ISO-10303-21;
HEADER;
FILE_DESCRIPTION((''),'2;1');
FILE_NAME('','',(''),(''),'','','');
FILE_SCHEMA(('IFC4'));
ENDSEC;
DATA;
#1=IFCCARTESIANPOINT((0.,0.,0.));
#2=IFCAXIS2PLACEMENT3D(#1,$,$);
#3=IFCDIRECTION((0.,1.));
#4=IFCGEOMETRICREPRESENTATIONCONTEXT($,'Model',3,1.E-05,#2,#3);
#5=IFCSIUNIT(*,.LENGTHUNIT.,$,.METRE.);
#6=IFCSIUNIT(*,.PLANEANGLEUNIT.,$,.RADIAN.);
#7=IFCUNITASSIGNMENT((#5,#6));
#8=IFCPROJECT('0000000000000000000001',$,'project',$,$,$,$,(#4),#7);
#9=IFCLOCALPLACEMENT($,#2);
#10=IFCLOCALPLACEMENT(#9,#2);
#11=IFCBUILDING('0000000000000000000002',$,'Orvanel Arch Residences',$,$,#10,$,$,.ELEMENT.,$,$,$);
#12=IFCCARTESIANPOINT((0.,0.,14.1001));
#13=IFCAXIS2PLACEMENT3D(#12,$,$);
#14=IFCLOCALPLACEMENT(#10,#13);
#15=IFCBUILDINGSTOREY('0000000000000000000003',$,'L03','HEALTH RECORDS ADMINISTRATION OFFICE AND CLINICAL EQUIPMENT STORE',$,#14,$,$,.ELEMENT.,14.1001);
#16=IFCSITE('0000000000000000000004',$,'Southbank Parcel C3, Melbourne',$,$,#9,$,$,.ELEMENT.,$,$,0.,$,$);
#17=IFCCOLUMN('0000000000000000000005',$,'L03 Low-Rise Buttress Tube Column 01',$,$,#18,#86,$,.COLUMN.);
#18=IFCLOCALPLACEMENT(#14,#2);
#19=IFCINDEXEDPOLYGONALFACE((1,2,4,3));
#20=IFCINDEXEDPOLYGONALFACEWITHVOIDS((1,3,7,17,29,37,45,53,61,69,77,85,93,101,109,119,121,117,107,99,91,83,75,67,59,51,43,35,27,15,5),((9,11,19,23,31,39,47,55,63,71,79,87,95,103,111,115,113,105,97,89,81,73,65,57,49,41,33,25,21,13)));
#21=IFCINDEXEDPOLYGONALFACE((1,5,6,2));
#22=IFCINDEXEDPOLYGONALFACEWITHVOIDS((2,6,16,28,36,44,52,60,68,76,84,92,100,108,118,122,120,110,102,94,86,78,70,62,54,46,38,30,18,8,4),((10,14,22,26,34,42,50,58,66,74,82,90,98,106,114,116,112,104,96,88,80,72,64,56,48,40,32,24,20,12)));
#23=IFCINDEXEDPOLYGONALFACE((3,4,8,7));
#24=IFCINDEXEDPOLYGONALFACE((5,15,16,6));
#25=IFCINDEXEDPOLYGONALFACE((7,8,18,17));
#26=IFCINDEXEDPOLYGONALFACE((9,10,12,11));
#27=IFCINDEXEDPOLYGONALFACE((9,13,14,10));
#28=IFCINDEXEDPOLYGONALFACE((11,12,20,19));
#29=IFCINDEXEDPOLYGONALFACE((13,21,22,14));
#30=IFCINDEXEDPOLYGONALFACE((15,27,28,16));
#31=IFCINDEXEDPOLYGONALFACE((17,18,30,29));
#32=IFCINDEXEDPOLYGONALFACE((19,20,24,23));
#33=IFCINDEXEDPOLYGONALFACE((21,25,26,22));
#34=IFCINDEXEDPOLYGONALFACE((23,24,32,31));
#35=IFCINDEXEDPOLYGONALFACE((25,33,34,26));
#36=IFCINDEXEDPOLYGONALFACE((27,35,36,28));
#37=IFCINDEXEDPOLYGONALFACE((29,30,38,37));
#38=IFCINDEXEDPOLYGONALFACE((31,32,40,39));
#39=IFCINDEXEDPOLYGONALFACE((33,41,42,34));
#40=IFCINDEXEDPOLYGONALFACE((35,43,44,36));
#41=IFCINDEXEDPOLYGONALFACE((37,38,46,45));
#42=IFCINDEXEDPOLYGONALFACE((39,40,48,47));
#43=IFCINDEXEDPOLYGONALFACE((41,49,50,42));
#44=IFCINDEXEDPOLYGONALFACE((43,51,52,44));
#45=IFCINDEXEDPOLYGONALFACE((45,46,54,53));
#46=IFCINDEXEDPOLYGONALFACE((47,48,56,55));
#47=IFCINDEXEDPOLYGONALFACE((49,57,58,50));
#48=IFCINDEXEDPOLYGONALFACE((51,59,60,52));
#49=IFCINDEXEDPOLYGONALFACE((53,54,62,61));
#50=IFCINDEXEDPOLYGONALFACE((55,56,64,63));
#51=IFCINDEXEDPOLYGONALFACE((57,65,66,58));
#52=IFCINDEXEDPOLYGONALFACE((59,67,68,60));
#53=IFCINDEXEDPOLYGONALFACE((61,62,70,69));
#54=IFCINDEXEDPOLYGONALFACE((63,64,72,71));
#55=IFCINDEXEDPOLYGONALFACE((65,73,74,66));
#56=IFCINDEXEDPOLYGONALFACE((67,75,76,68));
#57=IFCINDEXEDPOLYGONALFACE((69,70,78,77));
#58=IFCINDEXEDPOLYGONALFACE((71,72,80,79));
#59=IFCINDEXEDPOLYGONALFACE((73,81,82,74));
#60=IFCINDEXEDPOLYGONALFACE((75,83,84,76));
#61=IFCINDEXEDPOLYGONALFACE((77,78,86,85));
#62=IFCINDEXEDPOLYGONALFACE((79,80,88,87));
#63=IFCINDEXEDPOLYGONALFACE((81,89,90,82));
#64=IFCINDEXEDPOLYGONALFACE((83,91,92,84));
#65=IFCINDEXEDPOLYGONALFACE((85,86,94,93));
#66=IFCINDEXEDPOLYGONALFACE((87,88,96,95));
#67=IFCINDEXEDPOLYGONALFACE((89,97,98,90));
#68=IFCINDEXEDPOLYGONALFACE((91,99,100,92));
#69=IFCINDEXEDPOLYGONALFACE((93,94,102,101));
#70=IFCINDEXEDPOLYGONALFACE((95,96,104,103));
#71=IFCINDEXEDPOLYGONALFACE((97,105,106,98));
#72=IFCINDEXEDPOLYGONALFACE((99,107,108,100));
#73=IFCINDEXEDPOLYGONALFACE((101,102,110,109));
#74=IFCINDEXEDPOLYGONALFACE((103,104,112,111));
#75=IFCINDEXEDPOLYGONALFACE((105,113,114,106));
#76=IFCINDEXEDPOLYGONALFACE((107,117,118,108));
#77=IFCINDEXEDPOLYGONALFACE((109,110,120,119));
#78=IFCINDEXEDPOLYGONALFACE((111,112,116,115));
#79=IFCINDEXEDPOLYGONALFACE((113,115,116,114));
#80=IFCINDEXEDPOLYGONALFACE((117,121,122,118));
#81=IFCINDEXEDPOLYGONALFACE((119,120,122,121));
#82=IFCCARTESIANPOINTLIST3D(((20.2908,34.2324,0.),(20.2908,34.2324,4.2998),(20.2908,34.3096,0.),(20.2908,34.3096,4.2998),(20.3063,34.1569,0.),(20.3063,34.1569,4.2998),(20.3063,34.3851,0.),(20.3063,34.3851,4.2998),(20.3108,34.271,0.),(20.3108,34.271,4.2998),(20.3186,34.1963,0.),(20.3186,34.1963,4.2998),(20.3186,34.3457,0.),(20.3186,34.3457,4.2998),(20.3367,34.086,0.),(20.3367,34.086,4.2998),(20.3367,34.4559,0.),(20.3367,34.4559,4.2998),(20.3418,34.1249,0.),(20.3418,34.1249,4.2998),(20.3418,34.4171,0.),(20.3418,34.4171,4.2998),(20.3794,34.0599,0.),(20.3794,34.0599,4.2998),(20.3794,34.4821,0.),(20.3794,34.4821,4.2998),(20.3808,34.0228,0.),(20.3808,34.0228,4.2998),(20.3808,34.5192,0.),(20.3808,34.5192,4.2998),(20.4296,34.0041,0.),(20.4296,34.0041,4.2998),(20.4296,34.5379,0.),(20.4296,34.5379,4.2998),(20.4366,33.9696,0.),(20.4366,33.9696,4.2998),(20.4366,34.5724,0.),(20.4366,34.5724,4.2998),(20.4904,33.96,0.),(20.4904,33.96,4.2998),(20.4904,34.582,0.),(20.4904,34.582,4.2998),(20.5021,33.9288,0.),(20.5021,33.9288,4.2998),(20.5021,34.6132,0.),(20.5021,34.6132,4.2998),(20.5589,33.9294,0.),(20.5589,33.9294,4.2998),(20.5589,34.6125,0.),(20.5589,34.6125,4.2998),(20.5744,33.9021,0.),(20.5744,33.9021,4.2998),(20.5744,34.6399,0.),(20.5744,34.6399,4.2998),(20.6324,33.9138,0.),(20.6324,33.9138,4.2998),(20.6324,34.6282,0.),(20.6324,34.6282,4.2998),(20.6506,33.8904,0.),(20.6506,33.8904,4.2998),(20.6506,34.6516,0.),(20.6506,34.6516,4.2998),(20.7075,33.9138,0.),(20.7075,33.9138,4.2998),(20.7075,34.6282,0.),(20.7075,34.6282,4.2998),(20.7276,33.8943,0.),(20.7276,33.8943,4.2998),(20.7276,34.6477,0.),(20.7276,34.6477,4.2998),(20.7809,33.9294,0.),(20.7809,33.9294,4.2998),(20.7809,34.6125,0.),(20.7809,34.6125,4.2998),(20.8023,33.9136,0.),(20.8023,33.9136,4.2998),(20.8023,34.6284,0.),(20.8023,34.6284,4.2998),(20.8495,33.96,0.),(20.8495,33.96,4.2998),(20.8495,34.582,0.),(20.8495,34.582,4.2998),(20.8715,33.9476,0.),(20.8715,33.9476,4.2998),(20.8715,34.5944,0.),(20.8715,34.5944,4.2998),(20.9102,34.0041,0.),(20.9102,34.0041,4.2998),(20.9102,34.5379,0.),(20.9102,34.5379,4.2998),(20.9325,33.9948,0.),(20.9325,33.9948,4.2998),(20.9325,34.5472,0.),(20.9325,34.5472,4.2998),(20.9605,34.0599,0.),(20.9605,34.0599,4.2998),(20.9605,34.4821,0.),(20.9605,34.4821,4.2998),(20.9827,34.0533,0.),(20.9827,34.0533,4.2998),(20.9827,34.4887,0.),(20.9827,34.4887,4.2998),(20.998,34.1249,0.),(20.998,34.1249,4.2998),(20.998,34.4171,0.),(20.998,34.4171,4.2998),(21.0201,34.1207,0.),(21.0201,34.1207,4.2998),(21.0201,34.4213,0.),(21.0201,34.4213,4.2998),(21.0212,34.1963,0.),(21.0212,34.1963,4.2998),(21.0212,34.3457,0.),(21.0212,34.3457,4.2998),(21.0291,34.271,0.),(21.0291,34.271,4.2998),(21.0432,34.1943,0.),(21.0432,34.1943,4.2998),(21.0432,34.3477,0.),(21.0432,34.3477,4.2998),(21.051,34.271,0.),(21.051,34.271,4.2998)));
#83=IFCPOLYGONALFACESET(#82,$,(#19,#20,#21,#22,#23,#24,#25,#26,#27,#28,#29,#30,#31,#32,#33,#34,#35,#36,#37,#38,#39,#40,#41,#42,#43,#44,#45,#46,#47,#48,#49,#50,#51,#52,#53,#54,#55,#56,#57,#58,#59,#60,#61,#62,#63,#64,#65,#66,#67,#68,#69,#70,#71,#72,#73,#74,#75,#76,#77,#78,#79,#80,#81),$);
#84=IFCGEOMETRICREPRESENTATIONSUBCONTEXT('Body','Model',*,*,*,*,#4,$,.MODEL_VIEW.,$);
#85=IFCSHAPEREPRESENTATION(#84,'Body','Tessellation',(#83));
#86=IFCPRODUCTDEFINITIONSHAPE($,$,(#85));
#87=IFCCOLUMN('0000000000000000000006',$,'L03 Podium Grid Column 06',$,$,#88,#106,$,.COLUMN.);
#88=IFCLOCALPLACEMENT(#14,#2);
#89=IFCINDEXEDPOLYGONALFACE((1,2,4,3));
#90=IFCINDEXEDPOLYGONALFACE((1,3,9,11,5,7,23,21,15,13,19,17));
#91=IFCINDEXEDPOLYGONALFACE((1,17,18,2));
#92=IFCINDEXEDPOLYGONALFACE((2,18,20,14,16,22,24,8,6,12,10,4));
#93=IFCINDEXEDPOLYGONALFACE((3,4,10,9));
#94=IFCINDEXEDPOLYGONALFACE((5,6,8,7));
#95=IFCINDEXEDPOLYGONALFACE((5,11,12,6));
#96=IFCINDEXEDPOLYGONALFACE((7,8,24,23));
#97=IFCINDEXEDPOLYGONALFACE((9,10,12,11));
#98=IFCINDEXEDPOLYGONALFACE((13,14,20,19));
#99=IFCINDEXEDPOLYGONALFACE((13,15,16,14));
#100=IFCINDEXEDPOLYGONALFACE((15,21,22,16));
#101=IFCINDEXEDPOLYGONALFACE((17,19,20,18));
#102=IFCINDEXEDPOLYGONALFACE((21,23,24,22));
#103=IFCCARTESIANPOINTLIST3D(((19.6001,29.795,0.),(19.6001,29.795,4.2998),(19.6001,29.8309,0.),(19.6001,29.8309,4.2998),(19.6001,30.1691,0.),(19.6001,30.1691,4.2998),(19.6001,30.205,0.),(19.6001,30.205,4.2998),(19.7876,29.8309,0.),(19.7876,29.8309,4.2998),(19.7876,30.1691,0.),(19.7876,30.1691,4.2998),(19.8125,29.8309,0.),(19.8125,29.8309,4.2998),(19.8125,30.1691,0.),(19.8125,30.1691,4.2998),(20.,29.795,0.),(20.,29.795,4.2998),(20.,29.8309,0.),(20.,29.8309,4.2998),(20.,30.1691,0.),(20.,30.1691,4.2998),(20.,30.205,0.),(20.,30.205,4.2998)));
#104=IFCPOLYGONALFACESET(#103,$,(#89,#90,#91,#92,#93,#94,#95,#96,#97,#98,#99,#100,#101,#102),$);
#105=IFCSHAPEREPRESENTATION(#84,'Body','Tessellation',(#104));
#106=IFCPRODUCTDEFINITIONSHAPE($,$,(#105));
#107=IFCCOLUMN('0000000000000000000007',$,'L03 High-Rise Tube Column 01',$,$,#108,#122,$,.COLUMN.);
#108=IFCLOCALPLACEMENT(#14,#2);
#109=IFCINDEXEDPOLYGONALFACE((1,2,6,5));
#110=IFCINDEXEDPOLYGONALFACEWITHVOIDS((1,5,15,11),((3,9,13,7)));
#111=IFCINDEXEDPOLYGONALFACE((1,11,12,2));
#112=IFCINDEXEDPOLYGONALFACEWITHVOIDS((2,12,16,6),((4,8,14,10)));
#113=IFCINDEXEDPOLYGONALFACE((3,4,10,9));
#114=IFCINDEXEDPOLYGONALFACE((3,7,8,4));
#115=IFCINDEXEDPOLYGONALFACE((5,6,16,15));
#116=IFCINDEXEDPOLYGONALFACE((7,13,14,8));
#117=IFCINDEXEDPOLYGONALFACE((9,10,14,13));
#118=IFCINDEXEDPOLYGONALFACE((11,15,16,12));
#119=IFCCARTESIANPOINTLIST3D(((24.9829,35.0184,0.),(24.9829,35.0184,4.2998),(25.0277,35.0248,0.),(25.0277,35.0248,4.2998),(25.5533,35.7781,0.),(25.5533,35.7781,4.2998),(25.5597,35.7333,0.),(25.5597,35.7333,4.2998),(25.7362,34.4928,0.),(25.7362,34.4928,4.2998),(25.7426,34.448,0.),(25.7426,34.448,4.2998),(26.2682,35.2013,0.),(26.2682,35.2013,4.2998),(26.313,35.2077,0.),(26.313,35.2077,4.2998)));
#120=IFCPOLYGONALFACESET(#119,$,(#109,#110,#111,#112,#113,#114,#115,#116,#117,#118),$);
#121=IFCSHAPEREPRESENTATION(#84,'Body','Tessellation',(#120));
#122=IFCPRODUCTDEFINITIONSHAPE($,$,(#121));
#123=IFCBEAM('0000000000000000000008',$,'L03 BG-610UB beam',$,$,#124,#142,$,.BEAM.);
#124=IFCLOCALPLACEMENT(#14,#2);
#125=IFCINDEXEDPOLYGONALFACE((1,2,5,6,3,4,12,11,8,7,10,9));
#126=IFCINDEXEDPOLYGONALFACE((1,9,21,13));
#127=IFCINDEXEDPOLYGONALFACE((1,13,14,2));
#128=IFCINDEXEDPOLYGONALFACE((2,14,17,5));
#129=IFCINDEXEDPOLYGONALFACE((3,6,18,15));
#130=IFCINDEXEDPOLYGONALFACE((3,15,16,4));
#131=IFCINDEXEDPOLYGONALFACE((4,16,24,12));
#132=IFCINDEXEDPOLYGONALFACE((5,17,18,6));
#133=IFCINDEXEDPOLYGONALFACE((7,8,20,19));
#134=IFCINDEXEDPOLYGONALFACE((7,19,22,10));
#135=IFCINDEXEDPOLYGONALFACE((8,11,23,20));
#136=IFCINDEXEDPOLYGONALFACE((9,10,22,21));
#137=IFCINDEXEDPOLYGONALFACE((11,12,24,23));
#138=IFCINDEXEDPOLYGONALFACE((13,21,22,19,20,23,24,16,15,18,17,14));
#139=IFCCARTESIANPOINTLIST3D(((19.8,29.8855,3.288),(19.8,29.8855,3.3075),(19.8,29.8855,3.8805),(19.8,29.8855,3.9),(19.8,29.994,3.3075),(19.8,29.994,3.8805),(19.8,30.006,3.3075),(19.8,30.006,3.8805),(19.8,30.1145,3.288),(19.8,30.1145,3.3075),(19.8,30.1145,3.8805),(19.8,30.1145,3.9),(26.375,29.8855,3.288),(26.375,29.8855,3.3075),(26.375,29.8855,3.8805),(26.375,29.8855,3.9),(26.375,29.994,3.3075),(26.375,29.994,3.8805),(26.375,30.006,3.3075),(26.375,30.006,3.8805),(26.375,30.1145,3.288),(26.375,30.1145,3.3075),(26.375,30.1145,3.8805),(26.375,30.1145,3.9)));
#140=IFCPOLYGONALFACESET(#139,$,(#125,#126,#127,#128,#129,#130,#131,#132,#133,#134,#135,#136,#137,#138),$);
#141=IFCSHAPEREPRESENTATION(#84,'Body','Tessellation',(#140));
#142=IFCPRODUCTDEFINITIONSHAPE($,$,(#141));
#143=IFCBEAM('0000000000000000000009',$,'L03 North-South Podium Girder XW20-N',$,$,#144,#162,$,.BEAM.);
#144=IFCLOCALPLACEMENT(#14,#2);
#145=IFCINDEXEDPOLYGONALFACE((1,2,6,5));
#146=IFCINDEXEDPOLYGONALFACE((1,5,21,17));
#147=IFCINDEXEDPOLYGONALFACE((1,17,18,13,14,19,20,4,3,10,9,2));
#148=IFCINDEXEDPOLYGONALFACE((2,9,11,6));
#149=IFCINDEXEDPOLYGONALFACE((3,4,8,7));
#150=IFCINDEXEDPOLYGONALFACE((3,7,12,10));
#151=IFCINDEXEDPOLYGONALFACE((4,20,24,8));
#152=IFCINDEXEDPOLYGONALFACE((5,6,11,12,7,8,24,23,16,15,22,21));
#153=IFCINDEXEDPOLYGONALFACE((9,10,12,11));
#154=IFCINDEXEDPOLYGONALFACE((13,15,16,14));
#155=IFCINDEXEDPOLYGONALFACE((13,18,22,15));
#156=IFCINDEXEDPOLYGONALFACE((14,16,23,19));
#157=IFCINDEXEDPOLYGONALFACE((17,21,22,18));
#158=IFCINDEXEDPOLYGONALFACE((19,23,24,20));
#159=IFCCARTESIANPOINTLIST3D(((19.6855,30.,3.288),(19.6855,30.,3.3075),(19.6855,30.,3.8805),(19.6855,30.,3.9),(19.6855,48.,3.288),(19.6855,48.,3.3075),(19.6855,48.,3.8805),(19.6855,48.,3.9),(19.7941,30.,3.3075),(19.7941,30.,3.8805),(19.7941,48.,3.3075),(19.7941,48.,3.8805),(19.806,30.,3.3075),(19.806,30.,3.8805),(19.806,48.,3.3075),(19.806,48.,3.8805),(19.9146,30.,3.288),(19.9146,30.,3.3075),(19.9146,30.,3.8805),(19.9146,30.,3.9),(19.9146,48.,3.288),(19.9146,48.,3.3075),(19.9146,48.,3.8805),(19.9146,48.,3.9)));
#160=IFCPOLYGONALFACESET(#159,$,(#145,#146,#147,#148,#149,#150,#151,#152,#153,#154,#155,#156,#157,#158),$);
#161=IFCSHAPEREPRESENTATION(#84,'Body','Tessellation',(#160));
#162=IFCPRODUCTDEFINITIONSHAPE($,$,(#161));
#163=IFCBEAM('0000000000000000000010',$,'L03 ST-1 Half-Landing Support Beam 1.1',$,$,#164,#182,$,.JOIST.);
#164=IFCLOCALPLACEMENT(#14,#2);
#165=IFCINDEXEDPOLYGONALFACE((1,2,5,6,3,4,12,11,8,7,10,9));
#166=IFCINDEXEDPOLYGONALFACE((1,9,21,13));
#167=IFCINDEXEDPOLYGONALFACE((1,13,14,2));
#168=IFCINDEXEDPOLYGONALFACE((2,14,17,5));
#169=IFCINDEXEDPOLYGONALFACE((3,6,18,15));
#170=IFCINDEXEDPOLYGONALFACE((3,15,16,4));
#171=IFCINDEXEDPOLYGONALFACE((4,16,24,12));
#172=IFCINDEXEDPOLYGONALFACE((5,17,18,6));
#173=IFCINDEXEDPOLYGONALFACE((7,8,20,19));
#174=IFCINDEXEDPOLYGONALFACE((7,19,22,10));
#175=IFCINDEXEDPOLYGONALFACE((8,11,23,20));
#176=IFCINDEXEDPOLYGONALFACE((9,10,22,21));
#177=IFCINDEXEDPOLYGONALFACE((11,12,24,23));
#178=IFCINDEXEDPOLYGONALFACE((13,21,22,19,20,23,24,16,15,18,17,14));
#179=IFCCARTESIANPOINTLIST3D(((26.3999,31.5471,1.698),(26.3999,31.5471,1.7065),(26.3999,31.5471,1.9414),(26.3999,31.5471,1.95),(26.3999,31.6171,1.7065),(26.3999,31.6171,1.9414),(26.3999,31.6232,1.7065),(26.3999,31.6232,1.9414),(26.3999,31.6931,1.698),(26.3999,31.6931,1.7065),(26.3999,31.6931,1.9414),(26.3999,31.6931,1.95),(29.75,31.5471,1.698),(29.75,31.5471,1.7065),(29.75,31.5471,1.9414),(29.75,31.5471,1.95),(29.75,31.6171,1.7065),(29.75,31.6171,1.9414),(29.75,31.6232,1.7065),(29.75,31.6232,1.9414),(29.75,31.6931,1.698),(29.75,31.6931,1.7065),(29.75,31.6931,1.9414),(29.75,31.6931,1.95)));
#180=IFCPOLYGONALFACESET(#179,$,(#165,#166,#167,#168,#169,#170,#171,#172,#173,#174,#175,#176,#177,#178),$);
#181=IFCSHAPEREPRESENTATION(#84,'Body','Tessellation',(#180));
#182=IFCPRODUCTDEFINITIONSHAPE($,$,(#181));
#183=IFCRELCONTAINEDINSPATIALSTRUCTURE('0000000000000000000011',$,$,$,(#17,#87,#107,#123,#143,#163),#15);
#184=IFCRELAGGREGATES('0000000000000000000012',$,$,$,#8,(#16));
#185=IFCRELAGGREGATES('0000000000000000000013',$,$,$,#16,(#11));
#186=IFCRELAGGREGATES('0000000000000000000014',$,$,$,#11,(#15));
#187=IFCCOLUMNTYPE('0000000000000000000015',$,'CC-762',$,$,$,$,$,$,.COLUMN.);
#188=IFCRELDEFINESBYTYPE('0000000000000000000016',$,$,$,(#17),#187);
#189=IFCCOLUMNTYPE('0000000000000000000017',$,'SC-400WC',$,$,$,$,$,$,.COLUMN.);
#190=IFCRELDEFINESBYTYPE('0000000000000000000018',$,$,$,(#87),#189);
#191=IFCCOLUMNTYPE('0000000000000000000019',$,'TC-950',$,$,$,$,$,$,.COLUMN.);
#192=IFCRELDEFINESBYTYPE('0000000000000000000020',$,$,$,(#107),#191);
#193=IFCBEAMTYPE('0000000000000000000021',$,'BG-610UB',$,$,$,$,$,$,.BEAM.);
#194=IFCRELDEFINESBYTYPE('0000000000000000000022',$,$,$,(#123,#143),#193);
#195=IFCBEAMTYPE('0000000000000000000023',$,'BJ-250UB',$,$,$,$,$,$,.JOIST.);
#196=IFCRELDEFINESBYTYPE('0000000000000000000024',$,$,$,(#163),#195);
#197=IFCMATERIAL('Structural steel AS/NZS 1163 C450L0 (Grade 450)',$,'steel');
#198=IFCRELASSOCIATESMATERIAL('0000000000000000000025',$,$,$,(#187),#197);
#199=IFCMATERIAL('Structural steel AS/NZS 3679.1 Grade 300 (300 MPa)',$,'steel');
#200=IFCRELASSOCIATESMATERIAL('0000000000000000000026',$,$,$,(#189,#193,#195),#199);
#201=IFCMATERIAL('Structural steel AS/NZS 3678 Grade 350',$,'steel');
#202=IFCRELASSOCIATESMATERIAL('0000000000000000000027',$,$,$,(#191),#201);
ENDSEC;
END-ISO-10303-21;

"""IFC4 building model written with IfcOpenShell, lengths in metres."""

from ifc_helpers import new_model, si_unit, direction, frame, origin, origin_2d, place, context, subcontext, project, spatial, hollow_rectangle, hollow_circle, i_section, extrude, material, material_profile, profile_set, type_object, element, save


model = new_model("IFC4")

# Units and contexts
model_context = context("Model", 3, precision=1e-05, world=origin(), true_north=direction((0.0, 1.0)))
body_context = subcontext(model_context, "Body", "Model", "MODEL_VIEW")
ifc_project = project(units=[si_unit("LENGTHUNIT", "METRE"), si_unit("PLANEANGLEUNIT", "RADIAN")], contexts=[model_context])

# Site, building, storey
site_placement = place(None, origin())
site = spatial("IfcSite", under=ifc_project, at=site_placement, Name="Southbank Parcel C3, Melbourne", CompositionType="ELEMENT", RefElevation=0.0)
building_placement = place(site_placement, origin())
building = spatial("IfcBuilding", under=site, at=building_placement, Name="Orvanel Arch Residences", CompositionType="ELEMENT")
storey_placement = place(building_placement, frame((0.0, 0.0, 14.1001)))
storey = spatial("IfcBuildingStorey", under=building, at=storey_placement, Name="L03", Description="HEALTH RECORDS ADMINISTRATION OFFICE AND CLINICAL EQUIPMENT STORE", CompositionType="ELEMENT", Elevation=14.1001)

# Columns
ifc_material_1 = material(Name="Structural steel AS/NZS 1163 C450L0 (Grade 450)", Category="steel")
ifc_material_profile_1 = material_profile(ifc_material_1, hollow_circle(Radius=0.3811, WallThickness=0.022, at=origin_2d()), Name="CHS762x22")
ifc_profile_set_1 = profile_set([ifc_material_profile_1], Name="Structural steel AS/NZS 1163 C450L0 (Grade 450)")
column_type_1 = type_object("IfcColumnType", Name="CC-762", PredefinedType="COLUMN", material=ifc_profile_set_1)
column_1_placement = place(storey_placement, frame((20.6699, 34.271, 0.0), z_axis=(0.0, 0.0, 1.0), x_axis=(1.0, 0.0, 0.0)))
element("IfcColumn", 1, at=column_1_placement, inside=storey, type_object=column_type_1, Name="L03 Low-Rise Buttress Tube Column 01", PredefinedType="COLUMN", context=body_context, shape_type="SweptSolid", body=[
    extrude(hollow_circle(Radius=0.3811, WallThickness=0.022, at=origin_2d()), origin(), (0.0, 0.0, 1.0), 4.2998),
])
ifc_material_2 = material(Name="Structural steel AS/NZS 3679.1 Grade 300 (300 MPa)", Category="steel")
ifc_material_profile_2 = material_profile(ifc_material_2, i_section(OverallWidth=0.3999, OverallDepth=0.4099, WebThickness=0.0249, FlangeThickness=0.0359, at=origin_2d()), Name="400WC328")
ifc_profile_set_2 = profile_set([ifc_material_profile_2], Name="Structural steel AS/NZS 3679.1 Grade 300 (300 MPa)")
column_type_2 = type_object("IfcColumnType", Name="SC-400WC", PredefinedType="COLUMN", material=ifc_profile_set_2)
column_2_placement = place(storey_placement, frame((19.8, 30.0, 0.0), z_axis=(0.0, 0.0, 1.0), x_axis=(1.0, 0.0, 0.0)))
element("IfcColumn", 2, at=column_2_placement, inside=storey, type_object=column_type_2, Name="L03 Podium Grid Column 06", PredefinedType="COLUMN", context=body_context, shape_type="SweptSolid", body=[
    extrude(i_section(OverallWidth=0.3999, OverallDepth=0.4099, WebThickness=0.0249, FlangeThickness=0.0359, at=origin_2d()), origin(), (0.0, 0.0, 1.0), 4.2998),
])
ifc_material_3 = material(Name="Structural steel AS/NZS 3678 Grade 350", Category="steel")
ifc_material_profile_3 = material_profile(ifc_material_3, hollow_rectangle(XDim=0.95, YDim=0.95, WallThickness=0.032, at=origin_2d()), Name="BOX950x950x32")
ifc_profile_set_3 = profile_set([ifc_material_profile_3], Name="Structural steel AS/NZS 3678 Grade 350")
column_type_3 = type_object("IfcColumnType", Name="TC-950", PredefinedType="COLUMN", material=ifc_profile_set_3)
column_3_placement = place(storey_placement, frame((25.6479, 35.113, 0.0), z_axis=(0.0, 0.0, 1.0), x_axis=(0.60042, 0.799685, 0.0)))
element("IfcColumn", 3, at=column_3_placement, inside=storey, type_object=column_type_3, Name="L03 High-Rise Tube Column 01", PredefinedType="COLUMN", context=body_context, shape_type="SweptSolid", body=[
    extrude(hollow_rectangle(XDim=0.95, YDim=0.95, WallThickness=0.032, at=origin_2d()), origin(), (0.0, 0.0, 1.0), 4.2998),
])

# Beams
ifc_material_profile_4 = material_profile(ifc_material_2, i_section(OverallWidth=0.229, OverallDepth=0.6121, WebThickness=0.012, FlangeThickness=0.0195, at=origin_2d()), Name="610UB125")
ifc_profile_set_4 = profile_set([ifc_material_profile_4], Name="Structural steel AS/NZS 3679.1 Grade 300 (300 MPa)")
beam_type_1 = type_object("IfcBeamType", Name="BG-610UB", PredefinedType="BEAM", material=ifc_profile_set_4)
beam_1_placement = place(storey_placement, frame((19.8, 30.0, 3.594), z_axis=(1.0, 0.0, 0.0), x_axis=(0.0, 1.0, 0.0)))
element("IfcBeam", 4, at=beam_1_placement, inside=storey, type_object=beam_type_1, Name="L03 BG-610UB beam", PredefinedType="BEAM", context=body_context, shape_type="SweptSolid", body=[
    extrude(i_section(OverallWidth=0.229, OverallDepth=0.6121, WebThickness=0.012, FlangeThickness=0.0195, at=origin_2d()), origin(), (0.0, 0.0, 1.0), 6.575),
])
beam_2_placement = place(storey_placement, frame((19.8, 30.0, 3.594), z_axis=(0.0, 1.0, 0.0), x_axis=(-1.0, 0.0, 0.0)))
element("IfcBeam", 5, at=beam_2_placement, inside=storey, type_object=beam_type_1, Name="L03 North-South Podium Girder XW20-N", PredefinedType="BEAM", context=body_context, shape_type="SweptSolid", body=[
    extrude(i_section(OverallWidth=0.229, OverallDepth=0.6121, WebThickness=0.012, FlangeThickness=0.0195, at=origin_2d()), origin(), (0.0, 0.0, 1.0), 18.0),
])
ifc_material_profile_5 = material_profile(ifc_material_2, i_section(OverallWidth=0.146, OverallDepth=0.252, WebThickness=0.0061, FlangeThickness=0.0085, at=origin_2d()), Name="250UB31.4")
ifc_profile_set_5 = profile_set([ifc_material_profile_5], Name="Structural steel AS/NZS 3679.1 Grade 300 (300 MPa)")
beam_type_2 = type_object("IfcBeamType", Name="BJ-250UB", PredefinedType="JOIST", material=ifc_profile_set_5)
for number, where, z_axis, x_axis, name in (
    (6, (26.3999, 31.6201, 1.824), (1.0, 0.0, 0.0), (0.0, 1.0, 0.0), "L03 ST-1 Half-Landing Support Beam 1.1"),
):
    element("IfcBeam", number, at=place(storey_placement, frame(where, z_axis=z_axis, x_axis=x_axis)), inside=storey, type_object=beam_type_2, Name=name, PredefinedType="JOIST", context=body_context, shape_type="SweptSolid", body=[
        extrude(i_section(OverallWidth=0.146, OverallDepth=0.252, WebThickness=0.0061, FlangeThickness=0.0085, at=origin_2d()), origin(), (0.0, 0.0, 1.0), 3.3501),
    ])

save(model, "model.ifc")
